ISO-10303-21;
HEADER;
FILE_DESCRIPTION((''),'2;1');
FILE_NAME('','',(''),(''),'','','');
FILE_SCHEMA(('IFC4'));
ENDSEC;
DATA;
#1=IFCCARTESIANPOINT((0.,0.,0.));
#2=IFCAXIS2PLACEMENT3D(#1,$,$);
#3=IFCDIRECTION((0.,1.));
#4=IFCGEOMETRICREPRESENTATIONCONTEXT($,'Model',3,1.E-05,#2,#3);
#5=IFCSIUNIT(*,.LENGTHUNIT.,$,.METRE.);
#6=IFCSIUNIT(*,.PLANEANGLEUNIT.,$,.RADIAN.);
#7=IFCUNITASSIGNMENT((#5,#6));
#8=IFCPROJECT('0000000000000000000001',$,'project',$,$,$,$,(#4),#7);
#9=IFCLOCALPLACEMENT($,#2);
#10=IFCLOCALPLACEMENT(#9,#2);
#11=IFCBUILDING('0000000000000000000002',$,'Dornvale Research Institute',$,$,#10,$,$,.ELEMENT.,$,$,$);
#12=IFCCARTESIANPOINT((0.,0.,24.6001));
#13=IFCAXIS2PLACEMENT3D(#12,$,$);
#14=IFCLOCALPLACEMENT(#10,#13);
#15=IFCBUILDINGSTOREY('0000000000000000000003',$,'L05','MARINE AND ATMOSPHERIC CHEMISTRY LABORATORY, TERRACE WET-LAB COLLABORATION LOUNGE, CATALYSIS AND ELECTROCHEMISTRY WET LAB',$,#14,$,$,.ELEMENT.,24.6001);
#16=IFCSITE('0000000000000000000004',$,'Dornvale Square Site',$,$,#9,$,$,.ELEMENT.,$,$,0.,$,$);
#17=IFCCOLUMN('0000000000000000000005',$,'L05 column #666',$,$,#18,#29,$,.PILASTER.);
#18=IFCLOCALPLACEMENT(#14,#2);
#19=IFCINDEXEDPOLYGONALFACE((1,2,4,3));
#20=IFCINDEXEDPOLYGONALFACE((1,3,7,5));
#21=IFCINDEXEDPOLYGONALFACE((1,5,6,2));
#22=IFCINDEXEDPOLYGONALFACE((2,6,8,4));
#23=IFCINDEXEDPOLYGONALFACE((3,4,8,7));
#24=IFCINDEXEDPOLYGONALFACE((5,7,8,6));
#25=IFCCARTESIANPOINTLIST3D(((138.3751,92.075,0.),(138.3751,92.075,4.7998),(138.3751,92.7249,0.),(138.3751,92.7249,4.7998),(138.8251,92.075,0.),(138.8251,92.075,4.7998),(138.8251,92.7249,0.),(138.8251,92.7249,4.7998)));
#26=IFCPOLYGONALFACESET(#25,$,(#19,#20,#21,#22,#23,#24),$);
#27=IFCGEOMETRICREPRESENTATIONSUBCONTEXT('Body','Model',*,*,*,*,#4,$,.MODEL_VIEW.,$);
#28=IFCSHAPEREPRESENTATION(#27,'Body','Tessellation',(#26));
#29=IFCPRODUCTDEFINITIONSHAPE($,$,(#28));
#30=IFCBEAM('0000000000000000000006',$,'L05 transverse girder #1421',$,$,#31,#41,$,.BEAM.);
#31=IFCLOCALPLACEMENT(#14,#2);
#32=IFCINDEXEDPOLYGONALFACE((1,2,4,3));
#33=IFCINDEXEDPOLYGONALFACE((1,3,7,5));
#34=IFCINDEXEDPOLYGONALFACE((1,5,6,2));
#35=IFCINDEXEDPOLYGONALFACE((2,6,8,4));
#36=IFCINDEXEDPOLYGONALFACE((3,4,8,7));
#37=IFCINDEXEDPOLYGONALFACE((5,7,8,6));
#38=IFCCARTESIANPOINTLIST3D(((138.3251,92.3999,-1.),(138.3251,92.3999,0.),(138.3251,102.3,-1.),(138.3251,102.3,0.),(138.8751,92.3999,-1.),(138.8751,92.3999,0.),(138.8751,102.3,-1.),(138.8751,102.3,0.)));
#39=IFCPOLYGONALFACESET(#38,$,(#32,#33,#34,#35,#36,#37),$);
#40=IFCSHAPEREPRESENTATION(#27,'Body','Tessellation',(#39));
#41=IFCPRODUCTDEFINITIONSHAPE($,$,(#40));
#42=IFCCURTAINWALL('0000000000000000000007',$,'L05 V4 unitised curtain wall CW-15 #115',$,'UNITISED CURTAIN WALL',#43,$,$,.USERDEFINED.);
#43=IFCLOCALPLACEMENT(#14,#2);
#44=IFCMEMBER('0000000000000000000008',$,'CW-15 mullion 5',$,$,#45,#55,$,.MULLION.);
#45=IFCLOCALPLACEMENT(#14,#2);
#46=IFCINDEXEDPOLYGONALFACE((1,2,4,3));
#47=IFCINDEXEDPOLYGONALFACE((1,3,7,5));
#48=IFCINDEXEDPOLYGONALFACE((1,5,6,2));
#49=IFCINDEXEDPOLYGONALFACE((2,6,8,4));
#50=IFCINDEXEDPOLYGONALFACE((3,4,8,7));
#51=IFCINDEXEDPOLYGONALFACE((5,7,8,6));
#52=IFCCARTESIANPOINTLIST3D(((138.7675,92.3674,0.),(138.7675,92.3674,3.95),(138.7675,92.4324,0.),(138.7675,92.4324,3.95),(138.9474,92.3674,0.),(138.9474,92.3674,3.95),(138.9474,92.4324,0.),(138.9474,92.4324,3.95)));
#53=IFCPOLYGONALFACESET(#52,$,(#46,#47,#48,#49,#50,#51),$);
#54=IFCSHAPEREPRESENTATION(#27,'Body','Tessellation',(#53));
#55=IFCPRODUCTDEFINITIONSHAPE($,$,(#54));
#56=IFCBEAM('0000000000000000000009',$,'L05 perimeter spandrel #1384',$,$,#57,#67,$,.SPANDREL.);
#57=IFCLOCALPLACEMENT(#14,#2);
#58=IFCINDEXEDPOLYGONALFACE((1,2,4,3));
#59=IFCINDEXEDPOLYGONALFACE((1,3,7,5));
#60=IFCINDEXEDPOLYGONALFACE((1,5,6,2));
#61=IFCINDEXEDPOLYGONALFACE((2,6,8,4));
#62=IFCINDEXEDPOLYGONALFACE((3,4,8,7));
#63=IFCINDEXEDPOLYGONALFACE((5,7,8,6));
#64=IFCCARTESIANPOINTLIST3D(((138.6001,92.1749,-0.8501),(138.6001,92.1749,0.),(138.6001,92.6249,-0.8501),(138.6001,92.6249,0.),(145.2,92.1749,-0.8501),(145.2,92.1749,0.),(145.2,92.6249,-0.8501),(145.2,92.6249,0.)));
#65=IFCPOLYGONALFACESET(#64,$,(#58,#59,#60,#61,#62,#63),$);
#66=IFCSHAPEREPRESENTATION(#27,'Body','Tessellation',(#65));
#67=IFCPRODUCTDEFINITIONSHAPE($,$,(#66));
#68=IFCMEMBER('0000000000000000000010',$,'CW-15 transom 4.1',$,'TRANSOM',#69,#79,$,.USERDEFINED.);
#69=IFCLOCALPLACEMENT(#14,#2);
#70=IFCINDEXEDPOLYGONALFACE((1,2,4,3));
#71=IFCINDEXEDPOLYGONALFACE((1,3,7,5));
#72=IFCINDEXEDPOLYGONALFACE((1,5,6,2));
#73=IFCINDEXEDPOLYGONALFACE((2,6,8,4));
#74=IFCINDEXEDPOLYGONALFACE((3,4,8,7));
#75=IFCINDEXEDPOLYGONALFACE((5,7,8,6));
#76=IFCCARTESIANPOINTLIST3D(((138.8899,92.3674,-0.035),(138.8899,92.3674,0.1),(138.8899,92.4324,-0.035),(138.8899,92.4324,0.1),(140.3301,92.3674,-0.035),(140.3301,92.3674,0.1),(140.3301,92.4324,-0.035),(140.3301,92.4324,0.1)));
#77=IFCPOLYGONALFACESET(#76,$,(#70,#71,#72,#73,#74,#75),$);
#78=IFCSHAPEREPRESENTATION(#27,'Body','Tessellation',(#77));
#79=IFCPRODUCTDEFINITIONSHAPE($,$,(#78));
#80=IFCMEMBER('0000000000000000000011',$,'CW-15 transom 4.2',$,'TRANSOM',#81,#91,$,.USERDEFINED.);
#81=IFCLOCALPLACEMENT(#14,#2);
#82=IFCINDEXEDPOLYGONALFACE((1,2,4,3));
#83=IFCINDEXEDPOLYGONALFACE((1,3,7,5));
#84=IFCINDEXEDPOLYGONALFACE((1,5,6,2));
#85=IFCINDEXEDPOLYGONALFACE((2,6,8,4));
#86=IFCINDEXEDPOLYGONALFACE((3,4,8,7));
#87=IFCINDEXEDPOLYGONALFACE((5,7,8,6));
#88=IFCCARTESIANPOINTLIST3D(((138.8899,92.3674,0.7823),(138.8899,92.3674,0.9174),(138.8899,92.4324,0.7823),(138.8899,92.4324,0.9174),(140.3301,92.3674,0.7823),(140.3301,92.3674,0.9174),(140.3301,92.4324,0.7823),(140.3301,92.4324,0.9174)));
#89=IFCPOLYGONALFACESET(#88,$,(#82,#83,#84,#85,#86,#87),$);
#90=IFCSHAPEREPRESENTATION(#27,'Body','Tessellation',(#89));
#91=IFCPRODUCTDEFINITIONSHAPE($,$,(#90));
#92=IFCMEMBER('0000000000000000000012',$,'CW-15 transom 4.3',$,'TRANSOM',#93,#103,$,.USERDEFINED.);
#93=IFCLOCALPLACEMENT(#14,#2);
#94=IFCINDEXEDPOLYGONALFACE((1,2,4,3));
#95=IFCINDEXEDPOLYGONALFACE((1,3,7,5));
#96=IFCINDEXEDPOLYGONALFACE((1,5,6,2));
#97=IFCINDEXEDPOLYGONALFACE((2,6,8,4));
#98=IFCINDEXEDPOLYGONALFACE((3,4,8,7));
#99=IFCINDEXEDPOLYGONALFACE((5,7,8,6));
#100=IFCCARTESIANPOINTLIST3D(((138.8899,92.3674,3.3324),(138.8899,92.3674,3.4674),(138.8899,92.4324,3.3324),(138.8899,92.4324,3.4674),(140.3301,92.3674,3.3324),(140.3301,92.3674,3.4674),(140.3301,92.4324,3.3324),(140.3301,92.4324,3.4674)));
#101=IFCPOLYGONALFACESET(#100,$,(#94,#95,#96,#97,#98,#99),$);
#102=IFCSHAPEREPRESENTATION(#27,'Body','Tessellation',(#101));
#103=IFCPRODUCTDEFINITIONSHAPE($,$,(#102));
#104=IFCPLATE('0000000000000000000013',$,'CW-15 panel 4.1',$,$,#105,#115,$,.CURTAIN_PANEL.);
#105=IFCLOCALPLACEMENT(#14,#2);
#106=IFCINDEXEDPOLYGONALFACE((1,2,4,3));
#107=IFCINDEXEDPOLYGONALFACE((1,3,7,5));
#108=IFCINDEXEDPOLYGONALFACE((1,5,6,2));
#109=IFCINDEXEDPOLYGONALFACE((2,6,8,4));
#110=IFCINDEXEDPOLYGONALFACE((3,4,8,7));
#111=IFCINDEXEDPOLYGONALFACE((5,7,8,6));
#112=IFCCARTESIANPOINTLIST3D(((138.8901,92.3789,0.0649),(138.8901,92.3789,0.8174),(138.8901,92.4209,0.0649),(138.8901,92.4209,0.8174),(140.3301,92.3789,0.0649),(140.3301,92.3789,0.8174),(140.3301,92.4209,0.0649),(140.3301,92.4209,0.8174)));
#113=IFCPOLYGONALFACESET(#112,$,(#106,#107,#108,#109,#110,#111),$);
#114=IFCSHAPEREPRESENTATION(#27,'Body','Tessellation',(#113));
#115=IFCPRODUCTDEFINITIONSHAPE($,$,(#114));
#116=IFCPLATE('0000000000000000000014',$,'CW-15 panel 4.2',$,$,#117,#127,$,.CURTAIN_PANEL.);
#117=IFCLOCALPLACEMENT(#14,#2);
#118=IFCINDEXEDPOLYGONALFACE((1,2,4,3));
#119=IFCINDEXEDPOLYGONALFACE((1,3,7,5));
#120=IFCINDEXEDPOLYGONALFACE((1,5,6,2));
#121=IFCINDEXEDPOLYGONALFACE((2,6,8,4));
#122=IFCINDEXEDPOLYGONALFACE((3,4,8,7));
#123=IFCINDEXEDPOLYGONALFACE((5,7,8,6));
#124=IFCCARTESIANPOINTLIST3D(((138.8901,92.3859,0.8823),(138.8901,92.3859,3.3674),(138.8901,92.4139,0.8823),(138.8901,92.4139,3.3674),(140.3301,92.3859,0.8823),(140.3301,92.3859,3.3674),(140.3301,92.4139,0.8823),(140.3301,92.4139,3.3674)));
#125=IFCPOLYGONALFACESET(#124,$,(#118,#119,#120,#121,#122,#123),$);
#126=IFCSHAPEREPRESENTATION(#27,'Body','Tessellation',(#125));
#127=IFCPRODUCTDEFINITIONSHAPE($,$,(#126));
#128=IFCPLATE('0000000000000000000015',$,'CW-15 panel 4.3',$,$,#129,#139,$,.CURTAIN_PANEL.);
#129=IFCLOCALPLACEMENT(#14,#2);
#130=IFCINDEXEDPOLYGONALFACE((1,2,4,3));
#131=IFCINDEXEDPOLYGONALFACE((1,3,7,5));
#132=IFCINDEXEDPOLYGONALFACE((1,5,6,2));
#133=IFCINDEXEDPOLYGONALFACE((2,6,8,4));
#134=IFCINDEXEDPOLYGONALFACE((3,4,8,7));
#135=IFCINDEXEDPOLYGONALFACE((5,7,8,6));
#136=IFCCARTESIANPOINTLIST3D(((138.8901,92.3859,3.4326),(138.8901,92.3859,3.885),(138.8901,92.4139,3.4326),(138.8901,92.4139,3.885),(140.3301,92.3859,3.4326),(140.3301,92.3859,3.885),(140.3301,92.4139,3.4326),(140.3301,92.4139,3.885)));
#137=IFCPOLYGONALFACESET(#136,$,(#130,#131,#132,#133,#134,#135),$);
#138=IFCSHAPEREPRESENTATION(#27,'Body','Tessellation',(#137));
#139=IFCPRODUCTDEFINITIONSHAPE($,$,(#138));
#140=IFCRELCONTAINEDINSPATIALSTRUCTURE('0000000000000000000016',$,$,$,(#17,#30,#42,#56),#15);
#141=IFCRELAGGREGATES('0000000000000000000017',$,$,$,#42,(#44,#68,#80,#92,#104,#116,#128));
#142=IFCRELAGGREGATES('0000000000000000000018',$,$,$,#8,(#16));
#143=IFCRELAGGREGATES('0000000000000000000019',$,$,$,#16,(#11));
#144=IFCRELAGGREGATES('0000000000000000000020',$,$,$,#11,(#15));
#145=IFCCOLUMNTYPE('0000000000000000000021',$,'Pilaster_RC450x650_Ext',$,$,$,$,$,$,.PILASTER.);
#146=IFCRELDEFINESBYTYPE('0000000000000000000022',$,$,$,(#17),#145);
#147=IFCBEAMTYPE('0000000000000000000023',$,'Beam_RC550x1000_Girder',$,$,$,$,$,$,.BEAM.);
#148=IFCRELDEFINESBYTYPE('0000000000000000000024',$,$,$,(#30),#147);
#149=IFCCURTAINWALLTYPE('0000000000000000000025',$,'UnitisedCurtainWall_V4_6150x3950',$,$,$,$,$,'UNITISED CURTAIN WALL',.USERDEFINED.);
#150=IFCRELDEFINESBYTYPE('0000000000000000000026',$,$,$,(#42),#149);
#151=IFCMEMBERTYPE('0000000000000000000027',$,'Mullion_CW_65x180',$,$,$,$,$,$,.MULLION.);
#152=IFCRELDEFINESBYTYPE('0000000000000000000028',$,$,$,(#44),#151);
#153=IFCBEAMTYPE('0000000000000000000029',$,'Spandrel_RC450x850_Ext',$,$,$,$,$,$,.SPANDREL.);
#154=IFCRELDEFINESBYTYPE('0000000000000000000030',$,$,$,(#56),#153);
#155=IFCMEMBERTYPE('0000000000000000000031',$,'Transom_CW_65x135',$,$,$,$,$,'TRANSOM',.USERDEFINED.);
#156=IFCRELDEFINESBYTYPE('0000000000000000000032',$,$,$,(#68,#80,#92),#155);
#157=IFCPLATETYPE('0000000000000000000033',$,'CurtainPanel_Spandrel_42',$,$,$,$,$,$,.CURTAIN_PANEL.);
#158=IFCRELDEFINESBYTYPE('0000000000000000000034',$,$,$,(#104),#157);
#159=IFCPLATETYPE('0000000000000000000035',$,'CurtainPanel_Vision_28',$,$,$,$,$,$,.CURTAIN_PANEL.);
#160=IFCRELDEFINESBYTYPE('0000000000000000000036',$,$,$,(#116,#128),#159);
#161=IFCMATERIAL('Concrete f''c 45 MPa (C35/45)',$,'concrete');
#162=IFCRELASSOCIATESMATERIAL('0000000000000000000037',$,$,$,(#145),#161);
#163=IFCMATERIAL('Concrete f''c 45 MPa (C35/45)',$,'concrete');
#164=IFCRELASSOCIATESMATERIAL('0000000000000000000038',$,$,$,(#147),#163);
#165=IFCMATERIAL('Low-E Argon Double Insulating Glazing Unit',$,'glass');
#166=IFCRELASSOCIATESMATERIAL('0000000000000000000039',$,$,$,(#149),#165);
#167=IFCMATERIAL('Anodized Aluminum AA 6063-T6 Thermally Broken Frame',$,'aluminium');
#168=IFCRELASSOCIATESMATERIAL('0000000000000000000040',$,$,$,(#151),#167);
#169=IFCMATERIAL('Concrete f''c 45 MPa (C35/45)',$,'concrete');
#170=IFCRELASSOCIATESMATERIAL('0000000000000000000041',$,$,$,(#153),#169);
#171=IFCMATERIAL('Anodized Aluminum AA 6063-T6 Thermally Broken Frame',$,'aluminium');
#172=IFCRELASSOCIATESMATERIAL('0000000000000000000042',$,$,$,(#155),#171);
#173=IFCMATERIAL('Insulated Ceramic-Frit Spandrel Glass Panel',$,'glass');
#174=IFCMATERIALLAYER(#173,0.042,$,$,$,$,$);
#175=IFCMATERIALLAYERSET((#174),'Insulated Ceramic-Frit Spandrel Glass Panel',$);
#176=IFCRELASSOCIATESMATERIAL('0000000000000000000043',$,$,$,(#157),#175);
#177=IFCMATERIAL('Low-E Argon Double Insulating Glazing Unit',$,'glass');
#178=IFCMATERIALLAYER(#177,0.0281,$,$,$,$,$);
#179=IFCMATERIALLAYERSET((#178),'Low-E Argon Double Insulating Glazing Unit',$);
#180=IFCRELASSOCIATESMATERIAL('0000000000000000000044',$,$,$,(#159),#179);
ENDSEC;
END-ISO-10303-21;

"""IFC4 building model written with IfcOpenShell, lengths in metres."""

from ifc_helpers import new_model, si_unit, direction, frame, origin, origin_2d, place, context, subcontext, project, spatial, rectangle, extrude, material, layer, layer_set, material_profile, profile_set, type_object, element, aggregate, save


model = new_model("IFC4")

# Units and contexts
model_context = context("Model", 3, precision=1e-05, world=origin(), true_north=direction((0.0, 1.0)))
body_context = subcontext(model_context, "Body", "Model", "MODEL_VIEW")
ifc_project = project(units=[si_unit("LENGTHUNIT", "METRE"), si_unit("PLANEANGLEUNIT", "RADIAN")], contexts=[model_context])

# Site, building, storey
site_placement = place(None, origin())
site = spatial("IfcSite", under=ifc_project, at=site_placement, Name="Dornvale Square Site", CompositionType="ELEMENT", RefElevation=0.0)
building_placement = place(site_placement, origin())
building = spatial("IfcBuilding", under=site, at=building_placement, Name="Dornvale Research Institute", CompositionType="ELEMENT")
storey_placement = place(building_placement, frame((0.0, 0.0, 24.6001)))
storey = spatial("IfcBuildingStorey", under=building, at=storey_placement, Name="L05", Description="MARINE AND ATMOSPHERIC CHEMISTRY LABORATORY, TERRACE WET-LAB COLLABORATION LOUNGE, CATALYSIS AND ELECTROCHEMISTRY WET LAB", CompositionType="ELEMENT", Elevation=24.6001)

# Column
ifc_material_1 = material(Name="Concrete f'c 45 MPa (C35/45)", Category="concrete")
ifc_material_profile_1 = material_profile(ifc_material_1, rectangle(XDim=0.45, YDim=0.6499, at=origin_2d()), Name="RC 450x650")
ifc_profile_set_1 = profile_set([ifc_material_profile_1], Name="Concrete f'c 45 MPa (C35/45)")
column_type = type_object("IfcColumnType", Name="Pilaster_RC450x650_Ext", PredefinedType="PILASTER", material=ifc_profile_set_1)
column_placement = place(storey_placement, frame((138.6001, 92.3999, 0.0), z_axis=(0.0, 0.0, 1.0), x_axis=(1.0, 0.0, 0.0)))
element("IfcColumn", 1, at=column_placement, inside=storey, type_object=column_type, Name="L05 column #666", PredefinedType="PILASTER", context=body_context, shape_type="SweptSolid", body=[
    extrude(rectangle(XDim=0.45, YDim=0.6499, at=origin_2d()), origin(), (0.0, 0.0, 1.0), 4.7998),
])

# Beam
ifc_material_2 = material(Name="Concrete f'c 45 MPa (C35/45)", Category="concrete")
ifc_material_profile_2 = material_profile(ifc_material_2, rectangle(XDim=0.55, YDim=1.0, at=origin_2d()), Name="RC 550x1000")
ifc_profile_set_2 = profile_set([ifc_material_profile_2], Name="Concrete f'c 45 MPa (C35/45)")
beam_type_1 = type_object("IfcBeamType", Name="Beam_RC550x1000_Girder", PredefinedType="BEAM", material=ifc_profile_set_2)
beam_1_placement = place(storey_placement, frame((138.6001, 92.3999, -0.5), z_axis=(0.0, 1.0, 0.0), x_axis=(-1.0, 0.0, 0.0)))
element("IfcBeam", 2, at=beam_1_placement, inside=storey, type_object=beam_type_1, Name="L05 transverse girder #1421", PredefinedType="BEAM", context=body_context, shape_type="SweptSolid", body=[
    extrude(rectangle(XDim=0.55, YDim=1.0, at=origin_2d()), origin(), (0.0, 0.0, 1.0), 9.9001),
])

# Curtain wall, member
ifc_material_3 = material(Name="Low-E Argon Double Insulating Glazing Unit", Category="glass")
curtain_wall_type = type_object("IfcCurtainWallType", Name="UnitisedCurtainWall_V4_6150x3950", ElementType="UNITISED CURTAIN WALL", PredefinedType="USERDEFINED", material=ifc_material_3)
curtain_wall_placement = place(storey_placement, origin())
curtain_wall = element("IfcCurtainWall", 3, at=curtain_wall_placement, inside=storey, type_object=curtain_wall_type, Name="L05 V4 unitised curtain wall CW-15 #115", ObjectType="UNITISED CURTAIN WALL", PredefinedType="USERDEFINED")
ifc_material_4 = material(Name="Anodized Aluminum AA 6063-T6 Thermally Broken Frame", Category="aluminium")
ifc_material_profile_3 = material_profile(ifc_material_4, rectangle(XDim=0.0649, YDim=0.1799, at=origin_2d()), Name="ALU MULLION 65x180")
ifc_profile_set_3 = profile_set([ifc_material_profile_3], Name="Anodized Aluminum AA 6063-T6 Thermally Broken Frame")
member_type_1 = type_object("IfcMemberType", Name="Mullion_CW_65x180", PredefinedType="MULLION", material=ifc_profile_set_3)
member_1_placement = place(storey_placement, frame((138.8574, 92.3999, 0.0), z_axis=(0.0, 0.0, 1.0), x_axis=(0.0, -1.0, 0.0)))
member_1 = element("IfcMember", 4, at=member_1_placement, type_object=member_type_1, Name="CW-15 mullion 5", PredefinedType="MULLION", context=body_context, shape_type="SweptSolid", body=[
    extrude(rectangle(XDim=0.0649, YDim=0.1799, at=origin_2d()), origin(), (0.0, 0.0, 1.0), 3.95),
])

# Beam
ifc_material_5 = material(Name="Concrete f'c 45 MPa (C35/45)", Category="concrete")
ifc_material_profile_4 = material_profile(ifc_material_5, rectangle(XDim=0.45, YDim=0.8501, at=origin_2d()), Name="RC 450x850")
ifc_profile_set_4 = profile_set([ifc_material_profile_4], Name="Concrete f'c 45 MPa (C35/45)")
beam_type_2 = type_object("IfcBeamType", Name="Spandrel_RC450x850_Ext", PredefinedType="SPANDREL", material=ifc_profile_set_4)
beam_2_placement = place(storey_placement, frame((138.6001, 92.3999, -0.425), z_axis=(1.0, 0.0, 0.0), x_axis=(0.0, 1.0, 0.0)))
element("IfcBeam", 5, at=beam_2_placement, inside=storey, type_object=beam_type_2, Name="L05 perimeter spandrel #1384", PredefinedType="SPANDREL", context=body_context, shape_type="SweptSolid", body=[
    extrude(rectangle(XDim=0.45, YDim=0.8501, at=origin_2d()), origin(), (0.0, 0.0, 1.0), 6.5999),
])

# Members
ifc_material_6 = material(Name="Anodized Aluminum AA 6063-T6 Thermally Broken Frame", Category="aluminium")
ifc_material_profile_5 = material_profile(ifc_material_6, rectangle(XDim=0.0649, YDim=0.135, at=origin_2d()), Name="ALU TRANSOM 65x135")
ifc_profile_set_5 = profile_set([ifc_material_profile_5], Name="Anodized Aluminum AA 6063-T6 Thermally Broken Frame")
member_type_2 = type_object("IfcMemberType", Name="Transom_CW_65x135", ElementType="TRANSOM", PredefinedType="USERDEFINED", material=ifc_profile_set_5)
member_2_placement = place(storey_placement, frame((140.3301, 92.3999, 0.0325), z_axis=(-1.0, 0.0, 0.0), x_axis=(0.0, -1.0, 0.0)))
member_2 = element("IfcMember", 6, at=member_2_placement, type_object=member_type_2, Name="CW-15 transom 4.1", ObjectType="TRANSOM", PredefinedType="USERDEFINED", context=body_context, shape_type="SweptSolid", body=[
    extrude(rectangle(XDim=0.0649, YDim=0.135, at=origin_2d()), origin(), (0.0, 0.0, 1.0), 1.4402),
])
member_3_placement = place(storey_placement, frame((140.3301, 92.3999, 0.8499), z_axis=(-1.0, 0.0, 0.0), x_axis=(0.0, -1.0, 0.0)))
member_3 = element("IfcMember", 7, at=member_3_placement, type_object=member_type_2, Name="CW-15 transom 4.2", ObjectType="TRANSOM", PredefinedType="USERDEFINED", context=body_context, shape_type="SweptSolid", body=[
    extrude(rectangle(XDim=0.0649, YDim=0.135, at=origin_2d()), origin(), (0.0, 0.0, 1.0), 1.4402),
])
member_4_placement = place(storey_placement, frame((140.3301, 92.3999, 3.3999), z_axis=(-1.0, 0.0, 0.0), x_axis=(0.0, -1.0, 0.0)))
member_4 = element("IfcMember", 8, at=member_4_placement, type_object=member_type_2, Name="CW-15 transom 4.3", ObjectType="TRANSOM", PredefinedType="USERDEFINED", context=body_context, shape_type="SweptSolid", body=[
    extrude(rectangle(XDim=0.0649, YDim=0.135, at=origin_2d()), origin(), (0.0, 0.0, 1.0), 1.4402),
])

# Plates
ifc_material_7 = material(Name="Insulated Ceramic-Frit Spandrel Glass Panel", Category="glass")
ifc_layer_1 = layer(ifc_material_7, 0.042)
ifc_layer_set_1 = layer_set([ifc_layer_1], Name="Insulated Ceramic-Frit Spandrel Glass Panel")
plate_type_1 = type_object("IfcPlateType", Name="CurtainPanel_Spandrel_42", PredefinedType="CURTAIN_PANEL", material=ifc_layer_set_1)
plate_1_placement = place(storey_placement, frame((139.6101, 92.3999, 0.0649), z_axis=(0.0, 0.0, 1.0), x_axis=(-1.0, 0.0, 0.0)))
plate_1 = element("IfcPlate", 9, at=plate_1_placement, type_object=plate_type_1, Name="CW-15 panel 4.1", PredefinedType="CURTAIN_PANEL", context=body_context, shape_type="SweptSolid", body=[
    extrude(rectangle(XDim=1.4399, YDim=0.042, at=origin_2d()), origin(), (0.0, 0.0, 1.0), 0.7524),
])
ifc_material_8 = material(Name="Low-E Argon Double Insulating Glazing Unit", Category="glass")
ifc_layer_2 = layer(ifc_material_8, 0.0281)
ifc_layer_set_2 = layer_set([ifc_layer_2], Name="Low-E Argon Double Insulating Glazing Unit")
plate_type_2 = type_object("IfcPlateType", Name="CurtainPanel_Vision_28", PredefinedType="CURTAIN_PANEL", material=ifc_layer_set_2)
plate_2_placement = place(storey_placement, frame((139.6101, 92.3999, 0.8823), z_axis=(0.0, 0.0, 1.0), x_axis=(-1.0, 0.0, 0.0)))
plate_2 = element("IfcPlate", 10, at=plate_2_placement, type_object=plate_type_2, Name="CW-15 panel 4.2", PredefinedType="CURTAIN_PANEL", context=body_context, shape_type="SweptSolid", body=[
    extrude(rectangle(XDim=1.4399, YDim=0.0281, at=origin_2d()), origin(), (0.0, 0.0, 1.0), 2.4851),
])
plate_3_placement = place(storey_placement, frame((139.6101, 92.3999, 3.4326), z_axis=(0.0, 0.0, 1.0), x_axis=(-1.0, 0.0, 0.0)))
plate_3 = element("IfcPlate", 11, at=plate_3_placement, type_object=plate_type_2, Name="CW-15 panel 4.3", PredefinedType="CURTAIN_PANEL", context=body_context, shape_type="SweptSolid", body=[
    extrude(rectangle(XDim=1.4399, YDim=0.0281, at=origin_2d()), origin(), (0.0, 0.0, 1.0), 0.4524),
])
aggregate(curtain_wall, [member_1, member_2, member_3, member_4, plate_1, plate_2, plate_3])

save(model, "model.ifc")
